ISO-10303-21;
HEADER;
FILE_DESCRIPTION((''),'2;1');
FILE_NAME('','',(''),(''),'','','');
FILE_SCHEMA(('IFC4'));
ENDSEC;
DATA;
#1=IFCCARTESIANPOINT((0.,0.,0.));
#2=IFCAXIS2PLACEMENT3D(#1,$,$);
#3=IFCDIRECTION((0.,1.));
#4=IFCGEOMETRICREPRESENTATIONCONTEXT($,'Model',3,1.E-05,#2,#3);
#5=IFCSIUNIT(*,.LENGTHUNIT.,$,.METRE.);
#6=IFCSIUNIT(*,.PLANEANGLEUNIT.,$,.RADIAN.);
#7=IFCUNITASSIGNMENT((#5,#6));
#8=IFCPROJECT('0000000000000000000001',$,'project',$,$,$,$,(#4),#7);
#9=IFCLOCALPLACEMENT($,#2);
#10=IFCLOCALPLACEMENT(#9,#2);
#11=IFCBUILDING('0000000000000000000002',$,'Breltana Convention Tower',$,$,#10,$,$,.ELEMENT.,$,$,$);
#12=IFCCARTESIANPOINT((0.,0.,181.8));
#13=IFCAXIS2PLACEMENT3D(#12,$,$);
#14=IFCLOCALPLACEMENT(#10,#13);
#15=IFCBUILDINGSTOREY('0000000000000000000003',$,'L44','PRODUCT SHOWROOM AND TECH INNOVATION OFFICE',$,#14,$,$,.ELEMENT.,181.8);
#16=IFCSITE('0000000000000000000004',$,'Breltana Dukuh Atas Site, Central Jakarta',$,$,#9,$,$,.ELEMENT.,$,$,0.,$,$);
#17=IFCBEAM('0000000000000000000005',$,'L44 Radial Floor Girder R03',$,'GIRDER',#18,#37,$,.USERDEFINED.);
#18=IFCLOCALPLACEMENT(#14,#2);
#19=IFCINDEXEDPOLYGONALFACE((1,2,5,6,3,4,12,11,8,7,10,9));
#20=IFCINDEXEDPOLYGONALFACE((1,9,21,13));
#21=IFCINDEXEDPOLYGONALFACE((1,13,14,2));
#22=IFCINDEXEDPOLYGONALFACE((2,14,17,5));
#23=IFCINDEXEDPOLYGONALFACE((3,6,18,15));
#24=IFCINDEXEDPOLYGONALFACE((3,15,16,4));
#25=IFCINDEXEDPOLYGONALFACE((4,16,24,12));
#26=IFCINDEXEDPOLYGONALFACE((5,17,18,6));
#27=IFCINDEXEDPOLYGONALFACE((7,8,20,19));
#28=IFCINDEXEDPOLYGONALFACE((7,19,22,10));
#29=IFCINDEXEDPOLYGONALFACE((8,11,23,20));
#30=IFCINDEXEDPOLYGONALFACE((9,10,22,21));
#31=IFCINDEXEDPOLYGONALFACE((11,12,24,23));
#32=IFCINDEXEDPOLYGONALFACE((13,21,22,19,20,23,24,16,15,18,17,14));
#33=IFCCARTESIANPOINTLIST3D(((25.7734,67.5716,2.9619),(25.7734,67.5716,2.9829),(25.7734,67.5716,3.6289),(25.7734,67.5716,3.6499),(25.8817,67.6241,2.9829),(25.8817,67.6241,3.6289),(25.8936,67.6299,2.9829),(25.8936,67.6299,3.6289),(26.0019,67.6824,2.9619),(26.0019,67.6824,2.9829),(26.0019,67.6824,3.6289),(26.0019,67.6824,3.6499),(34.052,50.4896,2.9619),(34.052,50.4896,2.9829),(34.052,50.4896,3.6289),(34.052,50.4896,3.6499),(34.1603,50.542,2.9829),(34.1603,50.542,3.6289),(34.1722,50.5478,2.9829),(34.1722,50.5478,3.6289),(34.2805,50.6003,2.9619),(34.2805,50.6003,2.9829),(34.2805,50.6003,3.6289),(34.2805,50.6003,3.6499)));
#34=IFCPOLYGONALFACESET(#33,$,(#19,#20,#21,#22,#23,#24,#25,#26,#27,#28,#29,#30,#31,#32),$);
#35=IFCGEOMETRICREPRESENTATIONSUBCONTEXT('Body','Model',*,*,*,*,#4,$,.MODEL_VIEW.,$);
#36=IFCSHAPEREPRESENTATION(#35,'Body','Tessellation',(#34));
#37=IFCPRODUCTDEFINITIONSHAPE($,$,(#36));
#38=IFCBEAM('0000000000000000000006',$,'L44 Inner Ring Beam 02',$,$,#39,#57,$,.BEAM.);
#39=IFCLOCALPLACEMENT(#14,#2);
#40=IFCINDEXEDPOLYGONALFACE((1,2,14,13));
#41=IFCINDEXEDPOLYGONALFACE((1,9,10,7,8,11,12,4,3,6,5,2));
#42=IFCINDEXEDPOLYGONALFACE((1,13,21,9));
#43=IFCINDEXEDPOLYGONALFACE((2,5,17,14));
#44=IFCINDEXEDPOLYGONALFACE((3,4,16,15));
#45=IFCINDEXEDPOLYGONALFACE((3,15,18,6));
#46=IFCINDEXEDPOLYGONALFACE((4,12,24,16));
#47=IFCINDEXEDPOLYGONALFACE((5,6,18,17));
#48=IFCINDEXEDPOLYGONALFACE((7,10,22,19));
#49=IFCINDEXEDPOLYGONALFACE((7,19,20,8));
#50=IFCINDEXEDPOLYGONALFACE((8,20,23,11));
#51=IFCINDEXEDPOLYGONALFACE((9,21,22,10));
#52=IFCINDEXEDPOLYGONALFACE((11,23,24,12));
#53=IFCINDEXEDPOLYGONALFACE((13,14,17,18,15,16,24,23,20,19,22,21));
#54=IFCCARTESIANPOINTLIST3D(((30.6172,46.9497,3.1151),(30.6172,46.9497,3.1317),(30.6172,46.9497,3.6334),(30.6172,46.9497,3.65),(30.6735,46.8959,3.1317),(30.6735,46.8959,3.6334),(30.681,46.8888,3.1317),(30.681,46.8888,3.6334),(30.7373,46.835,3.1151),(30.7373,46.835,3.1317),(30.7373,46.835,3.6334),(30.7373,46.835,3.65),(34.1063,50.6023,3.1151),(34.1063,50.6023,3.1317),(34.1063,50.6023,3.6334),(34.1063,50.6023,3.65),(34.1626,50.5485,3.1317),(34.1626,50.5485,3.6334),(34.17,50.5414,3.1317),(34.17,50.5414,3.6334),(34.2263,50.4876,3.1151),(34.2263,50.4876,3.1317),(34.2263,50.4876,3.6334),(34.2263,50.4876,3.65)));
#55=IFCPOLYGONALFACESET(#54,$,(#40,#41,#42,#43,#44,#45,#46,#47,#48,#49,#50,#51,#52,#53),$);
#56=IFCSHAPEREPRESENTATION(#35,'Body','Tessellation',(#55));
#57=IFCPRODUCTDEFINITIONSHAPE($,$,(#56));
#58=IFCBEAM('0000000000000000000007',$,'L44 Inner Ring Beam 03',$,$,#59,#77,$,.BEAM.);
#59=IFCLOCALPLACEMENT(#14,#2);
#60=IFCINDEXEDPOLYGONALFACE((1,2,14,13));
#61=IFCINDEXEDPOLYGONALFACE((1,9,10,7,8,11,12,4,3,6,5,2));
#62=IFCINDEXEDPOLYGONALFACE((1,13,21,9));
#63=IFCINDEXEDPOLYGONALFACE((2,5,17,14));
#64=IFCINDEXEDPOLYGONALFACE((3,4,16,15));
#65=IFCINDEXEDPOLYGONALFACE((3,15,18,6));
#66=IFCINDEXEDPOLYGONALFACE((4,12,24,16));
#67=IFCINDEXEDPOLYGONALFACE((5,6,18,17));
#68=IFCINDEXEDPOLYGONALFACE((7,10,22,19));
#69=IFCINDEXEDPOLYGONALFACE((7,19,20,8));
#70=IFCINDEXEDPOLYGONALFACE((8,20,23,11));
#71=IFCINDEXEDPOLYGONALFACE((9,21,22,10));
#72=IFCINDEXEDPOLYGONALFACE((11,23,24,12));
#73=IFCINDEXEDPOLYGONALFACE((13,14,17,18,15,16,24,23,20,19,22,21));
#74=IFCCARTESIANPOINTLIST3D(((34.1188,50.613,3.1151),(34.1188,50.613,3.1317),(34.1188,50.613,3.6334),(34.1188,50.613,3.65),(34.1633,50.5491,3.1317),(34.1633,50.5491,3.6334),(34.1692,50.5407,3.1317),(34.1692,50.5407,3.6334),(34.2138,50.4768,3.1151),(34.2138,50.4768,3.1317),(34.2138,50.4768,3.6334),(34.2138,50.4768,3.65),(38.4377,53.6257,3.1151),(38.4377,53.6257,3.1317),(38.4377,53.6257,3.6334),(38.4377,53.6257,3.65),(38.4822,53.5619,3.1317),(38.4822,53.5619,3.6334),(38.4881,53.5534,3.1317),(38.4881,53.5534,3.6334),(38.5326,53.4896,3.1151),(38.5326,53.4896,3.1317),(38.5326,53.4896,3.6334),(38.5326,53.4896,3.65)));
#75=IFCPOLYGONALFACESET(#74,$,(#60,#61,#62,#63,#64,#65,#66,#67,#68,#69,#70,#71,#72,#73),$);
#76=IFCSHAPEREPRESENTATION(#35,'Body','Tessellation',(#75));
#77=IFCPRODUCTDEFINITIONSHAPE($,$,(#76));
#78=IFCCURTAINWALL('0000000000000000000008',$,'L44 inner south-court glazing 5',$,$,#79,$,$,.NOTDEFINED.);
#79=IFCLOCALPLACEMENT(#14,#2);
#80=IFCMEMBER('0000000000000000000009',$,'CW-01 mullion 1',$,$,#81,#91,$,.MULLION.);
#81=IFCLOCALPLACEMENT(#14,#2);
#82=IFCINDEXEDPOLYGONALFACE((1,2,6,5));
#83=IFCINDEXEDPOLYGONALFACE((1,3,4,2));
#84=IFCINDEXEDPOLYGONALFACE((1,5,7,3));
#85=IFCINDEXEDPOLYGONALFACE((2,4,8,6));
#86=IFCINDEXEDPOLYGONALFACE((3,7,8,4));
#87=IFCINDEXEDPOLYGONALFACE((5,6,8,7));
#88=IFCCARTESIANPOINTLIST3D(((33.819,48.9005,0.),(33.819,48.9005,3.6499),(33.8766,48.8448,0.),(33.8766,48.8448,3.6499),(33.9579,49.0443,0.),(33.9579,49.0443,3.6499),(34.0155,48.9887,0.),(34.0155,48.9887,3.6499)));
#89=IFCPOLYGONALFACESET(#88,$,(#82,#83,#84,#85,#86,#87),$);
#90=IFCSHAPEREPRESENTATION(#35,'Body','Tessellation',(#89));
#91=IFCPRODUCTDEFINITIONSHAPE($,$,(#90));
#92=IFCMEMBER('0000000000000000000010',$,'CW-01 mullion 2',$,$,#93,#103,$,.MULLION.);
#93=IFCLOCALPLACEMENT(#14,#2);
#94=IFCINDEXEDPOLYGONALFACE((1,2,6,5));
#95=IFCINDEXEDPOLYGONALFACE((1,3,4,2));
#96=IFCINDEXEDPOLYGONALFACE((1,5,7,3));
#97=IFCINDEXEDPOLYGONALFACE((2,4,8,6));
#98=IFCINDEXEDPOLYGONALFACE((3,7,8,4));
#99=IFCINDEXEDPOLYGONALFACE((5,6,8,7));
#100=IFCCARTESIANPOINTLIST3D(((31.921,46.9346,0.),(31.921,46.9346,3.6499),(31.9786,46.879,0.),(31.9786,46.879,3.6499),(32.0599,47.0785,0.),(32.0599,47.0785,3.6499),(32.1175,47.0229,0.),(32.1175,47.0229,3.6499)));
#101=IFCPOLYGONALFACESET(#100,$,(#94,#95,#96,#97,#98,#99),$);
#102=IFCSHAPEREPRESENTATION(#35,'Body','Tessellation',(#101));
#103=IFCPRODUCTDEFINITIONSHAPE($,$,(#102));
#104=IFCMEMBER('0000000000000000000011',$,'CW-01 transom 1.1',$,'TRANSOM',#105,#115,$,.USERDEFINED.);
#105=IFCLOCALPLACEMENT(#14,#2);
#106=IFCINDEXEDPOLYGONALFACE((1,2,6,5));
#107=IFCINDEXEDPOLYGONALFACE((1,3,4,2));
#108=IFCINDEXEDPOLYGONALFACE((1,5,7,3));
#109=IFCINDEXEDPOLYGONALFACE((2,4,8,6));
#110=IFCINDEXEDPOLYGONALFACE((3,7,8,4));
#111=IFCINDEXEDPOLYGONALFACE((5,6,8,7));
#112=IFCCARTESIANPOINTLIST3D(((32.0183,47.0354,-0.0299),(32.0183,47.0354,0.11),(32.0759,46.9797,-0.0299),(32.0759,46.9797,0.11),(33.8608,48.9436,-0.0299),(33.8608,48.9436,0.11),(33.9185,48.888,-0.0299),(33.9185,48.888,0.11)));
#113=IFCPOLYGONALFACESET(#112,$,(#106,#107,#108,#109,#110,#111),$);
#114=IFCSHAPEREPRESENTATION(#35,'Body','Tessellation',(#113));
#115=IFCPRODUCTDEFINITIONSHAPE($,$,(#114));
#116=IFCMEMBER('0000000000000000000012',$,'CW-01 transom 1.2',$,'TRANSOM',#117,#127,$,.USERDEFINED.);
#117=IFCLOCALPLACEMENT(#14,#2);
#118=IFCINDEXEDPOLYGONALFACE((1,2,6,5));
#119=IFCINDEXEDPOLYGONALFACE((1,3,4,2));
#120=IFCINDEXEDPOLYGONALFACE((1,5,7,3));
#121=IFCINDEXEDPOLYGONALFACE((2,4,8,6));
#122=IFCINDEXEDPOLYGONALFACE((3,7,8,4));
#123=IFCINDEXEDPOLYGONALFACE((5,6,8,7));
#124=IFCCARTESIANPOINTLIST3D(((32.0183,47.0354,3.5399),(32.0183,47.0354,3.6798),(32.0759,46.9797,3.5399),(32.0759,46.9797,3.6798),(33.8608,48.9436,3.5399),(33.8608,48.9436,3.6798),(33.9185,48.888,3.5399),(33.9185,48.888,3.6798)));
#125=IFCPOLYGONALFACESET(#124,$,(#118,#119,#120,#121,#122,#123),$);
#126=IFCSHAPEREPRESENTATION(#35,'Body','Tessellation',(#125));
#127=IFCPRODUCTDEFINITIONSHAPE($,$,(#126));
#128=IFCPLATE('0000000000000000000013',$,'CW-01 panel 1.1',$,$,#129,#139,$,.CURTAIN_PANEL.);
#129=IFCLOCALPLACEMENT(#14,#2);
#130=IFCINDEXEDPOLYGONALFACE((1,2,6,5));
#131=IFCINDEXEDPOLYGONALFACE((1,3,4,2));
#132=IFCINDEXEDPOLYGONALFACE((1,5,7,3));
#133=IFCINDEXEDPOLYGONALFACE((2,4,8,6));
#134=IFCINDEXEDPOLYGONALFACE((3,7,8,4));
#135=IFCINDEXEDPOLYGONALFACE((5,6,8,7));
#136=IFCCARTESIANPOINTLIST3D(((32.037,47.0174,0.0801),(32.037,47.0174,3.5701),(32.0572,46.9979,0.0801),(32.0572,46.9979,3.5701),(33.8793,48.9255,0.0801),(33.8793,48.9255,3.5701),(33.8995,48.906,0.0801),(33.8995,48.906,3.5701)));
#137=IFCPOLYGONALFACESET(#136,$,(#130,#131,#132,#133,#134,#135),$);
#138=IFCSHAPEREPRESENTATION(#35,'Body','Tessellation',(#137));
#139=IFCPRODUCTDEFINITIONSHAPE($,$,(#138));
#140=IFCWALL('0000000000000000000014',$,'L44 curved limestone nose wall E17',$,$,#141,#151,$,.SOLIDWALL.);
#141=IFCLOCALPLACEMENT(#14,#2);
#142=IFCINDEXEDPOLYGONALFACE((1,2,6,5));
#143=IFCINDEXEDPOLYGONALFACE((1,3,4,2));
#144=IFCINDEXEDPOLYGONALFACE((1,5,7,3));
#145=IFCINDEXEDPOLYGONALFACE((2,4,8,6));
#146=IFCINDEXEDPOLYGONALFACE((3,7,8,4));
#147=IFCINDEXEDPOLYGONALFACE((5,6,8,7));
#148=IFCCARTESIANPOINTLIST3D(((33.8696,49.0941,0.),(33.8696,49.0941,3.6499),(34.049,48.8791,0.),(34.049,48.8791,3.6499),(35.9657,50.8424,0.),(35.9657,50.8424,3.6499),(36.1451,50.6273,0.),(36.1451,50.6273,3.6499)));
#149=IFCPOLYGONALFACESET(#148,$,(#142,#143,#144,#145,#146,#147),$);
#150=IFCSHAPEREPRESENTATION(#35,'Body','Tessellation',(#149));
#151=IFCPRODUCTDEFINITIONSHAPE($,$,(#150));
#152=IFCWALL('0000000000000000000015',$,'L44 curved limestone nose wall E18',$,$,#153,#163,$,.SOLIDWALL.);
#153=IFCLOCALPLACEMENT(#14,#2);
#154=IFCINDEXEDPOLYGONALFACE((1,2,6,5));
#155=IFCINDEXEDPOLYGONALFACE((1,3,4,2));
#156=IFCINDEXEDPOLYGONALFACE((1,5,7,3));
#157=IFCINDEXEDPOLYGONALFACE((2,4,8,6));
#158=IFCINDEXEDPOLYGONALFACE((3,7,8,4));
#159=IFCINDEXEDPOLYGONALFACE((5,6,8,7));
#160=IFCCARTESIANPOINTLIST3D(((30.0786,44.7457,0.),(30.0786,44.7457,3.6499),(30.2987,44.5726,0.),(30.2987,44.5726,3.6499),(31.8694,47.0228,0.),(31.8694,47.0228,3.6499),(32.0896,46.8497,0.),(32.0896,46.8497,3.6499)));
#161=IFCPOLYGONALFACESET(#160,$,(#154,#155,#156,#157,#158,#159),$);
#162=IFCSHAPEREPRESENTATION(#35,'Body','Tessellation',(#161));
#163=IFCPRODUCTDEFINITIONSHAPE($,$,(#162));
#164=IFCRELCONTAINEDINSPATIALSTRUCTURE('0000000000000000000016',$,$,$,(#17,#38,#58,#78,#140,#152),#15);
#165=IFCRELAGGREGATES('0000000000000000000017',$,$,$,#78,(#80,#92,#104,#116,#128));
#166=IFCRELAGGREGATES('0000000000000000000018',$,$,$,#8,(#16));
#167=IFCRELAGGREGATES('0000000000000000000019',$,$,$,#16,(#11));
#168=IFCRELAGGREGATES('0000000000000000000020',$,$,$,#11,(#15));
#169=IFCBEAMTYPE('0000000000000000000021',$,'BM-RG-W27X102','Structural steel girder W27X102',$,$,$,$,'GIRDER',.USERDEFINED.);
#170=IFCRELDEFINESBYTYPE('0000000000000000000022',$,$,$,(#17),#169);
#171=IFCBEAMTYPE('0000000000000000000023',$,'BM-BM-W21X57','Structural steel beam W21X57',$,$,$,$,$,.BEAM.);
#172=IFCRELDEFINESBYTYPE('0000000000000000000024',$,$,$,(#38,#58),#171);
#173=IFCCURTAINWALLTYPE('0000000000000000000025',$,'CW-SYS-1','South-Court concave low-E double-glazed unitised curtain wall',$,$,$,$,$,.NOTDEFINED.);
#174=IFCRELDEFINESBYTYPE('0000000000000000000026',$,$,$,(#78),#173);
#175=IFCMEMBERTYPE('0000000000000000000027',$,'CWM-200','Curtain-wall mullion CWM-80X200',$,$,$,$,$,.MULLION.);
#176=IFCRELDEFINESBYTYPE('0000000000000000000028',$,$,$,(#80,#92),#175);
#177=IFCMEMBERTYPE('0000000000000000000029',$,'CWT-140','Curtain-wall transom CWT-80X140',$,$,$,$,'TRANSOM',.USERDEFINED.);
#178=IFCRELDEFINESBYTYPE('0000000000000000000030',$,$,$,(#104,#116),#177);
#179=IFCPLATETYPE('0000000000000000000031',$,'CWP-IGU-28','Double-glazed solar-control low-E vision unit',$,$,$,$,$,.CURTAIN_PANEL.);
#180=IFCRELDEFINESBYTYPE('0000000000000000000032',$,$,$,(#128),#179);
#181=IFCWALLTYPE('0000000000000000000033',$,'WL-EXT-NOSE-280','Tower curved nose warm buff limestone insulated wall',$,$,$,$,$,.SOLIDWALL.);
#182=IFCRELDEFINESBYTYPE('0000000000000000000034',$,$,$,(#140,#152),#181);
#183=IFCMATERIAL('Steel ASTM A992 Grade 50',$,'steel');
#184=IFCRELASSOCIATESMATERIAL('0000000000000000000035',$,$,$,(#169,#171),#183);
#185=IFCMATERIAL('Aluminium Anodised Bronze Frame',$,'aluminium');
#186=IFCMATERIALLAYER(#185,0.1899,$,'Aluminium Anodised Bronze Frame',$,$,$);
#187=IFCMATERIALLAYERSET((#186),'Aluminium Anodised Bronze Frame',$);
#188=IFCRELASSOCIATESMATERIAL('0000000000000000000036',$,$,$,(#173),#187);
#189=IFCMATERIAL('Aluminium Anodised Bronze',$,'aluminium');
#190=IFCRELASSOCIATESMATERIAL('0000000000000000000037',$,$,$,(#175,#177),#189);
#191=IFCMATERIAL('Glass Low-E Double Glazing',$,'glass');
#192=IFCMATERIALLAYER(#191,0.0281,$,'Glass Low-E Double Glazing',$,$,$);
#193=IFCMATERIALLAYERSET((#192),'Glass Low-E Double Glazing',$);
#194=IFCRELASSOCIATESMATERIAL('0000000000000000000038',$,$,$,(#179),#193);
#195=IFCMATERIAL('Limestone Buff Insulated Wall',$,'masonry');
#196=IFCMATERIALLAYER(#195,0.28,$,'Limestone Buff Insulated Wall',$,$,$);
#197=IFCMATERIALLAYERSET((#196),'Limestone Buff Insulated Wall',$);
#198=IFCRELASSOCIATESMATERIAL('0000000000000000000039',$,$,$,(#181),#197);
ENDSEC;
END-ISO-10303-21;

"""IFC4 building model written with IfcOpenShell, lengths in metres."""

from ifc_helpers import new_model, si_unit, direction, frame, frame_2d, origin, origin_2d, place, context, subcontext, project, spatial, rectangle, i_section, extrude, source, transform, mapped, material, layer, layer_set, material_profile, profile_set, type_object, element, aggregate, save


model = new_model("IFC4")

# Units and contexts
model_context = context("Model", 3, precision=1e-05, world=origin(), true_north=direction((0.0, 1.0)))
body_context = subcontext(model_context, "Body", "Model", "MODEL_VIEW")
ifc_project = project(units=[si_unit("LENGTHUNIT", "METRE"), si_unit("PLANEANGLEUNIT", "RADIAN")], contexts=[model_context])

# Site, building, storey
site_placement = place(None, origin())
site = spatial("IfcSite", under=ifc_project, at=site_placement, Name="Breltana Dukuh Atas Site, Central Jakarta", CompositionType="ELEMENT", RefElevation=0.0)
building_placement = place(site_placement, origin())
building = spatial("IfcBuilding", under=site, at=building_placement, Name="Breltana Convention Tower", CompositionType="ELEMENT")
storey_placement = place(building_placement, frame((0.0, 0.0, 181.8)))
storey = spatial("IfcBuildingStorey", under=building, at=storey_placement, Name="L44", Description="PRODUCT SHOWROOM AND TECH INNOVATION OFFICE", CompositionType="ELEMENT", Elevation=181.8)

# Beams
ifc_material_1 = material(Name="Steel ASTM A992 Grade 50", Category="steel")
ifc_material_profile_1 = material_profile(ifc_material_1, i_section(OverallWidth=0.2539, OverallDepth=0.688, WebThickness=0.0132, FlangeThickness=0.021, at=origin_2d()), Name="W27X102")
ifc_profile_set_1 = profile_set([ifc_material_profile_1], Name="Steel ASTM A992 Grade 50")
beam_type_1 = type_object("IfcBeamType", Name="BM-RG-W27X102", Description="Structural steel girder W27X102", ElementType="GIRDER", PredefinedType="USERDEFINED", material=ifc_profile_set_1)
shared_shape_1 = source(origin(), body_context, "Body", "SweptSolid", [
    extrude(i_section(OverallWidth=0.2539, OverallDepth=0.688, WebThickness=0.0132, FlangeThickness=0.021, at=origin_2d()), origin(), (0.0, 0.0, 1.0), 18.9824),
])
beam_1_placement = place(storey_placement, frame((34.1663, 50.5449, 3.3059), z_axis=(-0.436119, 0.899889, 0.0), x_axis=(-0.899889, -0.436119, 0.0)))
element("IfcBeam", 1, at=beam_1_placement, inside=storey, type_object=beam_type_1, Name="L44 Radial Floor Girder R03", ObjectType="GIRDER", PredefinedType="USERDEFINED", context=body_context, shape_type="MappedRepresentation", body=[
    mapped(shared_shape_1, transform((0.0, 0.0, 0.0), scale=1.0)),
])
ifc_material_profile_2 = material_profile(ifc_material_1, i_section(OverallWidth=0.166, OverallDepth=0.5349, WebThickness=0.0103, FlangeThickness=0.0166, at=origin_2d()), Name="W21X57")
ifc_profile_set_2 = profile_set([ifc_material_profile_2], Name="Steel ASTM A992 Grade 50")
beam_type_2 = type_object("IfcBeamType", Name="BM-BM-W21X57", Description="Structural steel beam W21X57", PredefinedType="BEAM", material=ifc_profile_set_2)
shared_shape_2 = source(origin(), body_context, "Body", "SweptSolid", [
    extrude(i_section(OverallWidth=0.166, OverallDepth=0.5349, WebThickness=0.0103, FlangeThickness=0.0166, at=origin_2d()), origin(), (0.0, 0.0, 1.0), 5.0513),
])
beam_2_placement = place(storey_placement, frame((30.6772, 46.8923, 3.3826), z_axis=(0.69073, 0.723113, 0.0), x_axis=(-0.723113, 0.69073, 0.0)))
element("IfcBeam", 2, at=beam_2_placement, inside=storey, type_object=beam_type_2, Name="L44 Inner Ring Beam 02", PredefinedType="BEAM", context=body_context, shape_type="MappedRepresentation", body=[
    mapped(shared_shape_2, transform((0.0, 0.0, 0.0), scale=1.0)),
])
shared_shape_3 = source(origin(), body_context, "Body", "SweptSolid", [
    extrude(i_section(OverallWidth=0.166, OverallDepth=0.5349, WebThickness=0.0103, FlangeThickness=0.0166, at=origin_2d()), origin(), (0.0, 0.0, 1.0), 5.2659),
])
beam_3_placement = place(storey_placement, frame((34.1663, 50.5449, 3.3826), z_axis=(0.820167, 0.572124, 0.0), x_axis=(-0.572124, 0.820167, 0.0)))
element("IfcBeam", 3, at=beam_3_placement, inside=storey, type_object=beam_type_2, Name="L44 Inner Ring Beam 03", PredefinedType="BEAM", context=body_context, shape_type="MappedRepresentation", body=[
    mapped(shared_shape_3, transform((0.0, 0.0, 0.0), scale=1.0)),
])

# Curtain wall, members, plate
ifc_material_2 = material(Name="Aluminium Anodised Bronze Frame", Category="aluminium")
ifc_layer_1 = layer(ifc_material_2, 0.1899, Name="Aluminium Anodised Bronze Frame")
ifc_layer_set_1 = layer_set([ifc_layer_1], Name="Aluminium Anodised Bronze Frame")
curtain_wall_type = type_object("IfcCurtainWallType", Name="CW-SYS-1", Description="South-Court concave low-E double-glazed unitised curtain wall", PredefinedType="NOTDEFINED", material=ifc_layer_set_1)
curtain_wall_placement = place(storey_placement, origin())
curtain_wall = element("IfcCurtainWall", 4, at=curtain_wall_placement, inside=storey, type_object=curtain_wall_type, Name="L44 inner south-court glazing 5", PredefinedType="NOTDEFINED")
ifc_material_3 = material(Name="Aluminium Anodised Bronze", Category="aluminium")
ifc_material_profile_3 = material_profile(ifc_material_3, rectangle(XDim=0.0801, YDim=0.2, at=origin_2d()), Name="CWM-80X200")
ifc_profile_set_3 = profile_set([ifc_material_profile_3], Name="Aluminium Anodised Bronze")
member_type_1 = type_object("IfcMemberType", Name="CWM-200", Description="Curtain-wall mullion CWM-80X200", PredefinedType="MULLION", material=ifc_profile_set_3)
shared_shape_4 = source(origin(), body_context, "Body", "SweptSolid", [
    extrude(rectangle(XDim=0.0801, YDim=0.2, at=origin_2d()), origin(), (0.0, 0.0, 1.0), 3.6499),
])
member_1_placement = place(storey_placement, frame((33.9172, 48.9446, 0.0), z_axis=(0.0, 0.0, 1.0), x_axis=(0.71939, -0.694607, 0.0)))
member_1 = element("IfcMember", 5, at=member_1_placement, type_object=member_type_1, Name="CW-01 mullion 1", PredefinedType="MULLION", context=body_context, shape_type="MappedRepresentation", body=[
    mapped(shared_shape_4, transform((0.0, 0.0, 0.0), scale=1.0)),
])
member_2_placement = place(storey_placement, frame((32.0193, 46.9788, 0.0), z_axis=(0.0, 0.0, 1.0), x_axis=(0.71939, -0.694607, 0.0)))
member_2 = element("IfcMember", 6, at=member_2_placement, type_object=member_type_1, Name="CW-01 mullion 2", PredefinedType="MULLION", context=body_context, shape_type="MappedRepresentation", body=[
    mapped(shared_shape_4, transform((0.0, 0.0, 0.0), scale=1.0)),
])
ifc_material_profile_4 = material_profile(ifc_material_3, rectangle(XDim=0.0801, YDim=0.1399, at=origin_2d()), Name="CWT-80X140")
ifc_profile_set_4 = profile_set([ifc_material_profile_4], Name="Aluminium Anodised Bronze")
member_type_2 = type_object("IfcMemberType", Name="CWT-140", Description="Curtain-wall transom CWT-80X140", ElementType="TRANSOM", PredefinedType="USERDEFINED", material=ifc_profile_set_4)
shared_shape_5 = source(origin(), body_context, "Body", "SweptSolid", [
    extrude(rectangle(XDim=0.0801, YDim=0.1399, at=origin_2d()), origin(), (0.0, 0.0, 1.0), 2.6526),
])
member_3_placement = place(storey_placement, frame((33.8896, 48.9158, 0.04), z_axis=(-0.694619, -0.719378, 0.0), x_axis=(0.719378, -0.694619, 0.0)))
member_3 = element("IfcMember", 7, at=member_3_placement, type_object=member_type_2, Name="CW-01 transom 1.1", ObjectType="TRANSOM", PredefinedType="USERDEFINED", context=body_context, shape_type="MappedRepresentation", body=[
    mapped(shared_shape_5, transform((0.0, 0.0, 0.0), scale=1.0)),
])
member_4_placement = place(storey_placement, frame((33.8896, 48.9158, 3.6099), z_axis=(-0.694619, -0.719378, 0.0), x_axis=(0.719378, -0.694619, 0.0)))
member_4 = element("IfcMember", 8, at=member_4_placement, type_object=member_type_2, Name="CW-01 transom 1.2", ObjectType="TRANSOM", PredefinedType="USERDEFINED", context=body_context, shape_type="MappedRepresentation", body=[
    mapped(shared_shape_5, transform((0.0, 0.0, 0.0), scale=1.0)),
])
ifc_material_4 = material(Name="Glass Low-E Double Glazing", Category="glass")
ifc_layer_2 = layer(ifc_material_4, 0.0281, Name="Glass Low-E Double Glazing")
ifc_layer_set_2 = layer_set([ifc_layer_2], Name="Glass Low-E Double Glazing")
plate_type = type_object("IfcPlateType", Name="CWP-IGU-28", Description="Double-glazed solar-control low-E vision unit", PredefinedType="CURTAIN_PANEL", material=ifc_layer_set_2)
shared_shape_6 = source(origin(), body_context, "Body", "SweptSolid", [
    extrude(rectangle(XDim=2.6523, YDim=0.0281, at=origin_2d()), origin(), (0.0, 0.0, 1.0), 3.49),
])
plate_placement = place(storey_placement, frame((32.9683, 47.9617, 0.0801), z_axis=(0.0, 0.0, 1.0), x_axis=(-0.694607, -0.71939, 0.0)))
plate = element("IfcPlate", 9, at=plate_placement, type_object=plate_type, Name="CW-01 panel 1.1", PredefinedType="CURTAIN_PANEL", context=body_context, shape_type="MappedRepresentation", body=[
    mapped(shared_shape_6, transform((0.0, 0.0, 0.0), scale=1.0)),
])
aggregate(curtain_wall, [member_1, member_2, member_3, member_4, plate])

# Walls
ifc_material_5 = material(Name="Limestone Buff Insulated Wall", Category="masonry")
ifc_layer_3 = layer(ifc_material_5, 0.28, Name="Limestone Buff Insulated Wall")
ifc_layer_set_3 = layer_set([ifc_layer_3], Name="Limestone Buff Insulated Wall")
wall_type_1 = type_object("IfcWallType", Name="WL-EXT-NOSE-280", Description="Tower curved nose warm buff limestone insulated wall", PredefinedType="SOLIDWALL", material=ifc_layer_set_3)
shared_shape_7 = source(origin(), body_context, "Body", "SweptSolid", [
    extrude(rectangle(XDim=2.7295, YDim=0.28, at=frame_2d((1.3647, 0.0))), origin(), (0.0, 0.0, 1.0), 3.6499),
])
wall_1_placement = place(storey_placement, frame((36.0554, 50.7349, 0.0), z_axis=(0.0, 0.0, 1.0), x_axis=(-0.767957, -0.640501, 0.0)))
element("IfcWall", 10, at=wall_1_placement, inside=storey, type_object=wall_type_1, Name="L44 curved limestone nose wall E17", PredefinedType="SOLIDWALL", context=body_context, shape_type="MappedRepresentation", body=[
    mapped(shared_shape_7, transform((0.0, 0.0, 0.0), scale=1.0)),
])
shared_shape_8 = source(origin(), body_context, "Body", "SweptSolid", [
    extrude(rectangle(XDim=2.897, YDim=0.28, at=frame_2d((1.4485, 0.0))), origin(), (0.0, 0.0, 1.0), 3.6499),
])
wall_2_placement = place(storey_placement, frame((31.9795, 46.9363, 0.0), z_axis=(0.0, 0.0, 1.0), x_axis=(-0.618168, -0.786046, 0.0)))
element("IfcWall", 11, at=wall_2_placement, inside=storey, type_object=wall_type_1, Name="L44 curved limestone nose wall E18", PredefinedType="SOLIDWALL", context=body_context, shape_type="MappedRepresentation", body=[
    mapped(shared_shape_8, transform((0.0, 0.0, 0.0), scale=1.0)),
])

save(model, "model.ifc")
